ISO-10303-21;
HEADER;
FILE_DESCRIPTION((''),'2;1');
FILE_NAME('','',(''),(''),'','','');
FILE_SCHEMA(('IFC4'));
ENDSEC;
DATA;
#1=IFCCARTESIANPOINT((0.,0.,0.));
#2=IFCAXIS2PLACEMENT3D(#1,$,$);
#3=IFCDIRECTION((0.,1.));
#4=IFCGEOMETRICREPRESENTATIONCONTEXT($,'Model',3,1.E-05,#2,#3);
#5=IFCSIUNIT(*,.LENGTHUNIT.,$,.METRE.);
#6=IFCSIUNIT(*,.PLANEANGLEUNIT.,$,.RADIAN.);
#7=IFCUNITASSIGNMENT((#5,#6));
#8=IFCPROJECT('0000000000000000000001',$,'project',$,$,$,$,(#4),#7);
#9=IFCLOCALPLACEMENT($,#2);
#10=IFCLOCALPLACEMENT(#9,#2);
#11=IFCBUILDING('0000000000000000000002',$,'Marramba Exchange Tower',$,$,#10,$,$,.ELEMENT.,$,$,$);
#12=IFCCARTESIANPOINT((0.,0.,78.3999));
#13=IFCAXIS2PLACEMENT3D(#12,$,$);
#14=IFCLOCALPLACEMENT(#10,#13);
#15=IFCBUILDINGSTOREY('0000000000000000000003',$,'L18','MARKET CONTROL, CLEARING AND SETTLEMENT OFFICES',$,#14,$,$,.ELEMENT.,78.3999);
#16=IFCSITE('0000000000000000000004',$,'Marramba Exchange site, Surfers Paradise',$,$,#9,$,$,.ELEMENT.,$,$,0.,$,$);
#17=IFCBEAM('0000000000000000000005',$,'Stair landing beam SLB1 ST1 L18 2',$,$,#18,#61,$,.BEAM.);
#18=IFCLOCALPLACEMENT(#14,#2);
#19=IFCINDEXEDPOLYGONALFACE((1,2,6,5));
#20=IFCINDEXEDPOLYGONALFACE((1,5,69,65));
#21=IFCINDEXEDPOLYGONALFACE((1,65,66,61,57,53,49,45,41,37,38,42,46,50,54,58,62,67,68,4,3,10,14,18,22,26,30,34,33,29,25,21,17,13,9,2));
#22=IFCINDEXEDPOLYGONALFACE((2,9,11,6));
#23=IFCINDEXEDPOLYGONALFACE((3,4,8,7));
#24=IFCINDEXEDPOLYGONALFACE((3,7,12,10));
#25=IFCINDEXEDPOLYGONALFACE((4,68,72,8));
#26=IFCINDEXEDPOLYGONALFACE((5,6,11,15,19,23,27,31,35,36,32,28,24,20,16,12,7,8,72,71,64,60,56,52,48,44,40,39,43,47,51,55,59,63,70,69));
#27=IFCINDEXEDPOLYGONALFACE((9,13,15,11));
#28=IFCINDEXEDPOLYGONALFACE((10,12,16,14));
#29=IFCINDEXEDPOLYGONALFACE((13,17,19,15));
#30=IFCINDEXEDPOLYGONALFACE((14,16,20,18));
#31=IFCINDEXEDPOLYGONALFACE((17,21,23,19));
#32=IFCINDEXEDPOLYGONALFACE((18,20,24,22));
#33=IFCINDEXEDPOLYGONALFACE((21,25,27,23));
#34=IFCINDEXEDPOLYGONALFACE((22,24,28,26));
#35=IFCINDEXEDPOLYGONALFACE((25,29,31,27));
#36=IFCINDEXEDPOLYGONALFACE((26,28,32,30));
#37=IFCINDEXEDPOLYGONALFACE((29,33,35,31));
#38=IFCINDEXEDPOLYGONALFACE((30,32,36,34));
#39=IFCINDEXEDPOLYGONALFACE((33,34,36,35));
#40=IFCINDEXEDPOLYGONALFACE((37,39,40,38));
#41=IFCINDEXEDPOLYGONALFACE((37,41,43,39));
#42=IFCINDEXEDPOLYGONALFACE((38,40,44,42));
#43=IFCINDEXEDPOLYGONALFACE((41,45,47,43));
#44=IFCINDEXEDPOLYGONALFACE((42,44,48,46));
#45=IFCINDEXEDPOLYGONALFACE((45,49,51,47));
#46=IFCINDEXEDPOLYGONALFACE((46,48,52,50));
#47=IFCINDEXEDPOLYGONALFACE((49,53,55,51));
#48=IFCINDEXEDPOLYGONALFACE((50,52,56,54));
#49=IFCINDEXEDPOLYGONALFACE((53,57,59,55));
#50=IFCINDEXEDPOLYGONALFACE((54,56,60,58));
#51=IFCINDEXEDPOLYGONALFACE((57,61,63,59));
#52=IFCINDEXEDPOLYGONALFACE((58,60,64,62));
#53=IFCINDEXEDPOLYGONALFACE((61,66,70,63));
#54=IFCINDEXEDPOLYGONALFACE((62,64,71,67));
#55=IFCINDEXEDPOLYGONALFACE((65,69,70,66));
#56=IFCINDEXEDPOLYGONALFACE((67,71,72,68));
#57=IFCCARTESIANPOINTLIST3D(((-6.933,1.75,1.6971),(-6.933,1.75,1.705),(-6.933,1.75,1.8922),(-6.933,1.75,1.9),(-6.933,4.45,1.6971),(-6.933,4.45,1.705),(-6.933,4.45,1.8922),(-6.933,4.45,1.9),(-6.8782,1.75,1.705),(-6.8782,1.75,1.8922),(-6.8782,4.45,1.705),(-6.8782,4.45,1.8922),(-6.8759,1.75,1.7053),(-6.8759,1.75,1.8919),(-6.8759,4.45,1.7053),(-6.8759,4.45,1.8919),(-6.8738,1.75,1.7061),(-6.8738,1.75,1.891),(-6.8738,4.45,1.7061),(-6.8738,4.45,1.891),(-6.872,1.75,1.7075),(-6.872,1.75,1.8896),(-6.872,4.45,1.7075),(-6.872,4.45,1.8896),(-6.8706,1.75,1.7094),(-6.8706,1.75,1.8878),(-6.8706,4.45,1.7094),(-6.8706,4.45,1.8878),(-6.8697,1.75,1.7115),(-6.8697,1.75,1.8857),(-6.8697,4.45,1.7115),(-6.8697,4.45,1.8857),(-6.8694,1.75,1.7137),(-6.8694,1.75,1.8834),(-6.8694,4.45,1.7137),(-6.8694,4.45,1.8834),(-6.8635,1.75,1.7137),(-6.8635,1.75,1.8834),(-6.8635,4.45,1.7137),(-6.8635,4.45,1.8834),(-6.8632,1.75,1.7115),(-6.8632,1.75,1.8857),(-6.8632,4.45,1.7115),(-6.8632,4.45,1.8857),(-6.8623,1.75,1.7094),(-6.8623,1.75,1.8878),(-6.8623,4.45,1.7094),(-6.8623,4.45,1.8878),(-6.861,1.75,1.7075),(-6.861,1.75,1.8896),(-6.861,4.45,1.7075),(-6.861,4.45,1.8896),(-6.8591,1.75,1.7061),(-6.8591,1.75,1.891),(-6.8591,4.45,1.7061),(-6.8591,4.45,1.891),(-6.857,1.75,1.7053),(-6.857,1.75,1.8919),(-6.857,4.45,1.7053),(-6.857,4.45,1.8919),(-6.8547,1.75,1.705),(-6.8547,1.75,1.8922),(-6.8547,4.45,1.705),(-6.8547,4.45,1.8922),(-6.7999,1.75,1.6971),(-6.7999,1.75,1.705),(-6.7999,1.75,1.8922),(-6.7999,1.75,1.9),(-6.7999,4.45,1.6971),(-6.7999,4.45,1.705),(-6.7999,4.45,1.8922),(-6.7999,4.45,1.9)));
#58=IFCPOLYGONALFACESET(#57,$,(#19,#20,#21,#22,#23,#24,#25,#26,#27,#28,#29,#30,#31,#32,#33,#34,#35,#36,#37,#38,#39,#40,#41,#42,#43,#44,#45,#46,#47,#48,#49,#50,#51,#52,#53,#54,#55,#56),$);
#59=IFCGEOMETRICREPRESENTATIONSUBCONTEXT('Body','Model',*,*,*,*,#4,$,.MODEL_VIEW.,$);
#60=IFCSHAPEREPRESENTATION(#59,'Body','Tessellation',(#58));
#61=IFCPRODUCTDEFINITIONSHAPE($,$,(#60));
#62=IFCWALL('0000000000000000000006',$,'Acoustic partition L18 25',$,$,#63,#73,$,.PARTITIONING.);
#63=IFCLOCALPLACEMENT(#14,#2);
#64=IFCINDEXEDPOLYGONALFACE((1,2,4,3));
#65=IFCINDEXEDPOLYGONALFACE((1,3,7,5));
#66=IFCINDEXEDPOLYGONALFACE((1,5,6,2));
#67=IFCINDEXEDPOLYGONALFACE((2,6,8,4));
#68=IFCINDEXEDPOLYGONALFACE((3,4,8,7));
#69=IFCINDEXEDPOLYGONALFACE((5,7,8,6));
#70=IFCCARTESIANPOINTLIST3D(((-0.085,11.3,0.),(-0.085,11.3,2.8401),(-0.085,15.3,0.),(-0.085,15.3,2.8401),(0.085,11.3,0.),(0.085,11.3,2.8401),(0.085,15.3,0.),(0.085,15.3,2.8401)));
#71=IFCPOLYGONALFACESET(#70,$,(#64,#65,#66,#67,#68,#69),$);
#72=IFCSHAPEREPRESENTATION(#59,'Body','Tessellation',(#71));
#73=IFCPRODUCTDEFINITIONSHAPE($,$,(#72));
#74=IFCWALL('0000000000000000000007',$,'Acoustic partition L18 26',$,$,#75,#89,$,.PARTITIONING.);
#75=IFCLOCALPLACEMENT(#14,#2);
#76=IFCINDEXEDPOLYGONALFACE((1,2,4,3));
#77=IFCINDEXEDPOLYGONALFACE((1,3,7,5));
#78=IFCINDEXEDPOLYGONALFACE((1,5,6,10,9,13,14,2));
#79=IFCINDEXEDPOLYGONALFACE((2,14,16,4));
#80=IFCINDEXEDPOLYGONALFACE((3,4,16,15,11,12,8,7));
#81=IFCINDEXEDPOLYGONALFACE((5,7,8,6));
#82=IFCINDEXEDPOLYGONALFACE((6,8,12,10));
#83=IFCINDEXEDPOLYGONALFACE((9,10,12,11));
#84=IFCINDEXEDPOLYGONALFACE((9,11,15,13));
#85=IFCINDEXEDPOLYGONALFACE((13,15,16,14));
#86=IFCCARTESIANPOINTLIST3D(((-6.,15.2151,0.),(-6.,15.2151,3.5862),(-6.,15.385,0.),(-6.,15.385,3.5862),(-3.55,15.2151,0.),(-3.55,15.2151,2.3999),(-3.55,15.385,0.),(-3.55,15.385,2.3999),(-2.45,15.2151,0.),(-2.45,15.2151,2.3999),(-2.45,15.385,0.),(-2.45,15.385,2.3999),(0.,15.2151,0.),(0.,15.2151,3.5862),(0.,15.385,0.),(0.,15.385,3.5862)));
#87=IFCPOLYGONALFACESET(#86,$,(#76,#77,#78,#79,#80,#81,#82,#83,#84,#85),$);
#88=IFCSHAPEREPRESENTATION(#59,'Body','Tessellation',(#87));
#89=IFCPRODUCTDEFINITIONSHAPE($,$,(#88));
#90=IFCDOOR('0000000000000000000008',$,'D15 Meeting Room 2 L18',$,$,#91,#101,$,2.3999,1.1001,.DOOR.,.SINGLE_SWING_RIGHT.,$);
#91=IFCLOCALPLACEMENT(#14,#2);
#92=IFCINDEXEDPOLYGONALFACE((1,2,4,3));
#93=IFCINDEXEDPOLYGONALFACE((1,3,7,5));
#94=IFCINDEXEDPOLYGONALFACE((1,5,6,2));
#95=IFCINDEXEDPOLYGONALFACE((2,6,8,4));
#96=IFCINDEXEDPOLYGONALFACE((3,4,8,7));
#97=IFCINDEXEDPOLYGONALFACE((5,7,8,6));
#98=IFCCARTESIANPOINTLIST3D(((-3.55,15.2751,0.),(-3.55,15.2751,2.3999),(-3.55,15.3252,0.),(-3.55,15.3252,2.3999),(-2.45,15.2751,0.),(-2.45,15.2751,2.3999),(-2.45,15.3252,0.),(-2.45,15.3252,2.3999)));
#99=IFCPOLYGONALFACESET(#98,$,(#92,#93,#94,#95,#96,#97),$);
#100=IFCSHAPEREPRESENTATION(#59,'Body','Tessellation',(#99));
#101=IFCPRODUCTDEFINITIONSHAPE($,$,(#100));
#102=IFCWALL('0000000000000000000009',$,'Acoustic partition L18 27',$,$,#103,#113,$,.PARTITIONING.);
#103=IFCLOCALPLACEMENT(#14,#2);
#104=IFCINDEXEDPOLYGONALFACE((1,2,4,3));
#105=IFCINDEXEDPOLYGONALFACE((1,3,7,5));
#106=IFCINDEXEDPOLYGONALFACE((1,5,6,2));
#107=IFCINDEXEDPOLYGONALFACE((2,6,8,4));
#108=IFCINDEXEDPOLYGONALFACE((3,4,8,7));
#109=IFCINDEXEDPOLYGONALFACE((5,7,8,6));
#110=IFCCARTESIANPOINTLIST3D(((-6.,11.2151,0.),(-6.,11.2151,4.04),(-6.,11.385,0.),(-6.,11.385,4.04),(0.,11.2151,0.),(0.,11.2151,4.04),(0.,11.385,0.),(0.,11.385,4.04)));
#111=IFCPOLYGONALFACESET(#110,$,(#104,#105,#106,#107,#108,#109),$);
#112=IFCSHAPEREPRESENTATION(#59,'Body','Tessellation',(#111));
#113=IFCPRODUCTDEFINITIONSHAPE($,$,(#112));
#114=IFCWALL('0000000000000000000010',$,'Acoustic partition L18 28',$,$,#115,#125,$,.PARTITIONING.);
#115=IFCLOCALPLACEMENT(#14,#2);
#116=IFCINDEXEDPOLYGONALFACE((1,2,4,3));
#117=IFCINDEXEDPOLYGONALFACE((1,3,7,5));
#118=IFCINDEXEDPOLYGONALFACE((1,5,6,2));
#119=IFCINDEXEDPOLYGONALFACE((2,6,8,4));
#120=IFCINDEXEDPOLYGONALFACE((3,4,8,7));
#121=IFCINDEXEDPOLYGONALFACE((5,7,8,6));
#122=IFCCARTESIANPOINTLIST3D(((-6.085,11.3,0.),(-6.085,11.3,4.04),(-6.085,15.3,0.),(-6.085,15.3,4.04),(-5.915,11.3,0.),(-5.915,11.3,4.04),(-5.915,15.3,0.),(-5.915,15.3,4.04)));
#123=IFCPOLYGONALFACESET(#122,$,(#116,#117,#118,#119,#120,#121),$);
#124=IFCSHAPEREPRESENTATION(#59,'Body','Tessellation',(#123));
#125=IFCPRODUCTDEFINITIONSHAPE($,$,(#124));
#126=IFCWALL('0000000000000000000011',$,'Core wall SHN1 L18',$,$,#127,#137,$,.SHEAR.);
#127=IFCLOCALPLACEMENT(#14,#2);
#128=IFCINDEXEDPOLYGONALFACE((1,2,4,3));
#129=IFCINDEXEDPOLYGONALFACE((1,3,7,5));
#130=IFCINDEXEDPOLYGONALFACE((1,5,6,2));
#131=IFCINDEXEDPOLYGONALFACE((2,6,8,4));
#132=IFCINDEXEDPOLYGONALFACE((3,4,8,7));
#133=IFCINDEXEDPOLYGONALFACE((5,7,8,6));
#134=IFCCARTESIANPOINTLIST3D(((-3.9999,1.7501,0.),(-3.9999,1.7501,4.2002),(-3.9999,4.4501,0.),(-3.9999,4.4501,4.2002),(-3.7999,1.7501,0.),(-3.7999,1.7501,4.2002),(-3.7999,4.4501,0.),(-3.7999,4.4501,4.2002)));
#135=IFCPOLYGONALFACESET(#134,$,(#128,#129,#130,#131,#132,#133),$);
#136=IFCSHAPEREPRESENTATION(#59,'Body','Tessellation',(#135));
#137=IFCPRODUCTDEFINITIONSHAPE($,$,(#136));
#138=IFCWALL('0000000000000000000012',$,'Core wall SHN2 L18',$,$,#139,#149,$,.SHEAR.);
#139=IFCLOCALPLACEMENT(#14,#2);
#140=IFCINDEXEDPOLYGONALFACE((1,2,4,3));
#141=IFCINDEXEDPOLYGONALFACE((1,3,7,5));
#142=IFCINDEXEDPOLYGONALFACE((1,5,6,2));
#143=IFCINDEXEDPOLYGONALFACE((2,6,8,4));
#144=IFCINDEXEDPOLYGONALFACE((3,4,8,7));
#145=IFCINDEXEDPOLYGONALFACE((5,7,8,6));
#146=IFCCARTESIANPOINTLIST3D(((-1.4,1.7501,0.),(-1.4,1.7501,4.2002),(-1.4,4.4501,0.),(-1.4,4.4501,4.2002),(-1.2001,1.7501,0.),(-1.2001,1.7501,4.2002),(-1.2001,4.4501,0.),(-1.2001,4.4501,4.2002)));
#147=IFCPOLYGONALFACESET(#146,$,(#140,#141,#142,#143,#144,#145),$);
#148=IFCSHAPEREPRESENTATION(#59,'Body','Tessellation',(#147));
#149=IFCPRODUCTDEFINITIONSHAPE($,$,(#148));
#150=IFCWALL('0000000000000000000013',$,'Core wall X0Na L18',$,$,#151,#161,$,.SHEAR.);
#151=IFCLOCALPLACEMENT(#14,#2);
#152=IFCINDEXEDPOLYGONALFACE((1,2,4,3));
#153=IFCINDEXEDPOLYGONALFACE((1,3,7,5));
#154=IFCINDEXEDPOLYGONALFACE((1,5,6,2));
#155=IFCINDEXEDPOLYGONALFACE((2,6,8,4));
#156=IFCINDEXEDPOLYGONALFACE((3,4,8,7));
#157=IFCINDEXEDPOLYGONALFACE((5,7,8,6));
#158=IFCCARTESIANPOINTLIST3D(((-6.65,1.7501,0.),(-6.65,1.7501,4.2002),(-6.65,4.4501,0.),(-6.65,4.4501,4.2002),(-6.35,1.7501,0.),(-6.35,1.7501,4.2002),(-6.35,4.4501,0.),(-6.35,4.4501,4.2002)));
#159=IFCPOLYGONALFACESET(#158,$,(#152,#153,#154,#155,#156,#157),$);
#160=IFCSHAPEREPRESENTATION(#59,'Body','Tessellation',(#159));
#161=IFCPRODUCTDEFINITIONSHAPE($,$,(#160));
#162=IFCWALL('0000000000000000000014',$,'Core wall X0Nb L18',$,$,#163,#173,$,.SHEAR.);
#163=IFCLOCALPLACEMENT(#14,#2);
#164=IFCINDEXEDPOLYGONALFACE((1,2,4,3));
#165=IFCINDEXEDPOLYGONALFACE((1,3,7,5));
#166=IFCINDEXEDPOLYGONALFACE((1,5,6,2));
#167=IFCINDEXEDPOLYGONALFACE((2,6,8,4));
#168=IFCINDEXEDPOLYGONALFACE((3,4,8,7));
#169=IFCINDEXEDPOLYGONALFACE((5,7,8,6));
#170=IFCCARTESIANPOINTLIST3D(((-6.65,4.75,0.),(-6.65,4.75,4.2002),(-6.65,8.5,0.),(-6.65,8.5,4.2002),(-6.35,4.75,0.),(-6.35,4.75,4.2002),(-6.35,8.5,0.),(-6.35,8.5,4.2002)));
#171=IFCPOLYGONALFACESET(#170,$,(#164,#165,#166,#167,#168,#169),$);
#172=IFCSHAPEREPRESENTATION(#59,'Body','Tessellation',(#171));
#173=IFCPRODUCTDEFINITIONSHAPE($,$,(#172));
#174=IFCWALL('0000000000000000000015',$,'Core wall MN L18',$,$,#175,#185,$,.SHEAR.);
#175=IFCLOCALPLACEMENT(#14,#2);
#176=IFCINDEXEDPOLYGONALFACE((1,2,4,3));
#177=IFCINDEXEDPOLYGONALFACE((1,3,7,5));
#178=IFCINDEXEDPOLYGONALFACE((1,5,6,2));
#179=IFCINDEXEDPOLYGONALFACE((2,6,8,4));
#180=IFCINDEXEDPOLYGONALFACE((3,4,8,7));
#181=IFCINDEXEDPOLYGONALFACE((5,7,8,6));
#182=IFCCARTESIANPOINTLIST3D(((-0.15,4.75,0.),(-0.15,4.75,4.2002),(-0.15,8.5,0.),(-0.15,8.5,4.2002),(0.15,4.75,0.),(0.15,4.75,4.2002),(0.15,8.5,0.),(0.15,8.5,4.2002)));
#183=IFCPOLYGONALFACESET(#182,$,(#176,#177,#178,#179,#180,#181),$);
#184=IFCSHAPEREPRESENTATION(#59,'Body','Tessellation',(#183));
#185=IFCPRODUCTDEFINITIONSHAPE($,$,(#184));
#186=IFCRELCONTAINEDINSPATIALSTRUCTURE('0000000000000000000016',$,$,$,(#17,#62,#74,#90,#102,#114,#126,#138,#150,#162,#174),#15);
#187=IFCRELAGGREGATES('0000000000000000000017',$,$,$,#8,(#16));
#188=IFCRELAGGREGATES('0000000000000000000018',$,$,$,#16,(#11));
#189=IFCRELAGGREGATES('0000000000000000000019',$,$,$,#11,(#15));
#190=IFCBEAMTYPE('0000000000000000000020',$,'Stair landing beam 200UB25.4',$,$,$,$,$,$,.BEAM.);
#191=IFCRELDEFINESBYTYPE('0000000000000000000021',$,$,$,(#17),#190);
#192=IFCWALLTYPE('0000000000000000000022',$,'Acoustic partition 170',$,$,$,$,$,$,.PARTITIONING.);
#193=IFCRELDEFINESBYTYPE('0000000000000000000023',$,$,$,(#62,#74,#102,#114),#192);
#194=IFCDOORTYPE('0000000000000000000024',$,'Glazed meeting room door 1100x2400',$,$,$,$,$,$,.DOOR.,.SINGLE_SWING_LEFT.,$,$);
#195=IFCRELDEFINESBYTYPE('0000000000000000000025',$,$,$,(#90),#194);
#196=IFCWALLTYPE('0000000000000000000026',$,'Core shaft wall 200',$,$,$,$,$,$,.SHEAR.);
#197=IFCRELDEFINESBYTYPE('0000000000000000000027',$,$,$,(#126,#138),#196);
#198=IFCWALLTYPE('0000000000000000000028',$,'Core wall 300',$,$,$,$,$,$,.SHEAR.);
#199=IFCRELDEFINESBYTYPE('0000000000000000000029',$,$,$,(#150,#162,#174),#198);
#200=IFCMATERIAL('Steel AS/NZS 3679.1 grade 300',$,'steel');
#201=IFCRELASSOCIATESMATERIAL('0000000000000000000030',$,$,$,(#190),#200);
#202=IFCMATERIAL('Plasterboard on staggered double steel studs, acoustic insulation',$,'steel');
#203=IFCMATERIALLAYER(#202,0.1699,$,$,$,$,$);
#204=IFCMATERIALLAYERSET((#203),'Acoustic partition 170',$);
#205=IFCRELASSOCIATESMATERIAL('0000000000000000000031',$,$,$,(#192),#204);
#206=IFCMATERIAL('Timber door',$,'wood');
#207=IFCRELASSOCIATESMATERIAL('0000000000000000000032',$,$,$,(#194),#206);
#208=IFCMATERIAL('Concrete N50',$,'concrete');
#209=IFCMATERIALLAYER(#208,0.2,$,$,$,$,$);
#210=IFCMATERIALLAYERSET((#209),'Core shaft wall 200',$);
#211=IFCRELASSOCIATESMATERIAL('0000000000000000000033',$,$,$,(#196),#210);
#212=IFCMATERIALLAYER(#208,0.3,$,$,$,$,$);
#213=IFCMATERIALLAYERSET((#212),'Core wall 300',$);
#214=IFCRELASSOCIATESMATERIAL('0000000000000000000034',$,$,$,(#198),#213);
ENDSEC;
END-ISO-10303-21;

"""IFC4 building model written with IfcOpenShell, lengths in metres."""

from ifc_helpers import new_model, si_unit, direction, frame, frame_2d, origin, origin_2d, place, context, subcontext, project, spatial, rectangle, i_section, extrude, material, layer, layer_set, material_profile, profile_set, type_object, element, fill, save


model = new_model("IFC4")

# Units and contexts
model_context = context("Model", 3, precision=1e-05, world=origin(), true_north=direction((0.0, 1.0)))
body_context = subcontext(model_context, "Body", "Model", "MODEL_VIEW")
ifc_project = project(units=[si_unit("LENGTHUNIT", "METRE"), si_unit("PLANEANGLEUNIT", "RADIAN")], contexts=[model_context])

# Site, building, storey
site_placement = place(None, origin())
site = spatial("IfcSite", under=ifc_project, at=site_placement, Name="Marramba Exchange site, Surfers Paradise", CompositionType="ELEMENT", RefElevation=0.0)
building_placement = place(site_placement, origin())
building = spatial("IfcBuilding", under=site, at=building_placement, Name="Marramba Exchange Tower", CompositionType="ELEMENT")
storey_placement = place(building_placement, frame((0.0, 0.0, 78.3999)))
storey = spatial("IfcBuildingStorey", under=building, at=storey_placement, Name="L18", Description="MARKET CONTROL, CLEARING AND SETTLEMENT OFFICES", CompositionType="ELEMENT", Elevation=78.3999)

# Beam
ifc_material_1 = material(Name="Steel AS/NZS 3679.1 grade 300", Category="steel")
ifc_material_profile_1 = material_profile(ifc_material_1, i_section(OverallWidth=0.1331, OverallDepth=0.2029, WebThickness=0.0059, FlangeThickness=0.0078, FilletRadius=0.0088, at=origin_2d()), Name="200UB25.4")
ifc_profile_set_1 = profile_set([ifc_material_profile_1], Name="Steel AS/NZS 3679.1 grade 300")
beam_type_1 = type_object("IfcBeamType", Name="Stair landing beam 200UB25.4", PredefinedType="BEAM", material=ifc_profile_set_1)
for number, where, z_axis, x_axis, name in (
    (1, (-6.8665, 1.75, 1.7986), (0.0, 1.0, 0.0), (-1.0, 0.0, 0.0), "Stair landing beam SLB1 ST1 L18 2"),
):
    element("IfcBeam", number, at=place(storey_placement, frame(where, z_axis=z_axis, x_axis=x_axis)), inside=storey, type_object=beam_type_1, Name=name, PredefinedType="BEAM", context=body_context, shape_type="SweptSolid", body=[
        extrude(i_section(OverallWidth=0.1331, OverallDepth=0.2029, WebThickness=0.0059, FlangeThickness=0.0078, FilletRadius=0.0088, at=origin_2d()), origin(), (0.0, 0.0, 1.0), 2.7),
    ])

# Wall
ifc_material_2 = material(Name="Plasterboard on staggered double steel studs, acoustic insulation", Category="steel")
ifc_layer_1 = layer(ifc_material_2, 0.1699)
ifc_layer_set_1 = layer_set([ifc_layer_1], Name="Acoustic partition 170")
wall_type_1 = type_object("IfcWallType", Name="Acoustic partition 170", PredefinedType="PARTITIONING", material=ifc_layer_set_1)
wall_1_placement = place(storey_placement, frame((0.0, 11.3, 0.0), z_axis=(0.0, 0.0, 1.0), x_axis=(0.0, 1.0, 0.0)))
element("IfcWall", 2, at=wall_1_placement, inside=storey, type_object=wall_type_1, Name="Acoustic partition L18 25", PredefinedType="PARTITIONING", context=body_context, shape_type="SweptSolid", body=[
    extrude(rectangle(XDim=4.0, YDim=0.1699, at=frame_2d((2.0, 0.0))), origin(), (0.0, 0.0, 1.0), 2.8401),
])

# Wall, opening, door
wall_2_placement = place(storey_placement, frame((0.0, 15.3, 0.0), z_axis=(0.0, 0.0, 1.0), x_axis=(-1.0, 0.0, 0.0)))
wall_2 = element("IfcWall", 3, at=wall_2_placement, inside=storey, type_object=wall_type_1, Name="Acoustic partition L18 26", PredefinedType="PARTITIONING", context=body_context, shape_type="SweptSolid", body=[
    extrude(rectangle(XDim=6.0, YDim=0.1699, at=frame_2d((3.0, 0.0))), origin(), (0.0, 0.0, 1.0), 3.5862),
])
opening_1_placement = place(wall_2_placement, frame((2.45, 0.0, 0.0)))
opening_1 = element("IfcOpeningElement", 4, at=opening_1_placement, cuts=wall_2, PredefinedType="OPENING", context=body_context, shape_type="SweptSolid", body=[
    extrude(rectangle(XDim=1.1001, YDim=2.3999, at=frame_2d((0.55, 1.2))), frame((0.0, 0.095, 0.0), z_axis=(0.0, -1.0, 0.0), x_axis=(1.0, 0.0, 0.0)), (0.0, 0.0, 1.0), 0.1899),
])
ifc_material_3 = material(Name="Timber door", Category="wood")
door_type_1 = type_object("IfcDoorType", Name="Glazed meeting room door 1100x2400", OperationType="SINGLE_SWING_LEFT", PredefinedType="DOOR", material=ifc_material_3)
door_1_placement = place(opening_1_placement, origin())
door_1 = element("IfcDoor", 5, at=door_1_placement, inside=storey, type_object=door_type_1, Name="D15 Meeting Room 2 L18", OperationType="SINGLE_SWING_RIGHT", OverallHeight=2.3999, OverallWidth=1.1001, PredefinedType="DOOR", context=body_context, shape_type="SweptSolid", body=[
    extrude(rectangle(XDim=1.1001, YDim=2.3999, at=frame_2d((0.55, 1.2))), frame((0.0, 0.0249, 0.0), z_axis=(0.0, -1.0, 0.0), x_axis=(1.0, 0.0, 0.0)), (0.0, 0.0, 1.0), 0.05),
])
fill(opening_1, door_1)

# Walls
wall_3_placement = place(storey_placement, frame((-6.0, 11.3, 0.0), z_axis=(0.0, 0.0, 1.0), x_axis=(1.0, 0.0, 0.0)))
element("IfcWall", 6, at=wall_3_placement, inside=storey, type_object=wall_type_1, Name="Acoustic partition L18 27", PredefinedType="PARTITIONING", context=body_context, shape_type="SweptSolid", body=[
    extrude(rectangle(XDim=6.0, YDim=0.1699, at=frame_2d((3.0, 0.0))), origin(), (0.0, 0.0, 1.0), 4.04),
])
wall_4_placement = place(storey_placement, frame((-6.0, 15.3, 0.0), z_axis=(0.0, 0.0, 1.0), x_axis=(0.0, -1.0, 0.0)))
element("IfcWall", 7, at=wall_4_placement, inside=storey, type_object=wall_type_1, Name="Acoustic partition L18 28", PredefinedType="PARTITIONING", context=body_context, shape_type="SweptSolid", body=[
    extrude(rectangle(XDim=4.0, YDim=0.1699, at=frame_2d((2.0, 0.0))), origin(), (0.0, 0.0, 1.0), 4.04),
])
ifc_material_4 = material(Name="Concrete N50", Category="concrete")
ifc_layer_2 = layer(ifc_material_4, 0.2)
ifc_layer_set_2 = layer_set([ifc_layer_2], Name="Core shaft wall 200")
wall_type_2 = type_object("IfcWallType", Name="Core shaft wall 200", PredefinedType="SHEAR", material=ifc_layer_set_2)
for number, where, z_axis, x_axis, name in (
    (8, (-3.8999, 1.75, 0.0), (0.0, 0.0, 1.0), (0.0, 1.0, 0.0), "Core wall SHN1 L18"),
    (9, (-1.3, 1.75, 0.0), (0.0, 0.0, 1.0), (0.0, 1.0, 0.0), "Core wall SHN2 L18"),
):
    element("IfcWall", number, at=place(storey_placement, frame(where, z_axis=z_axis, x_axis=x_axis)), inside=storey, type_object=wall_type_2, Name=name, PredefinedType="SHEAR", context=body_context, shape_type="SweptSolid", body=[
        extrude(rectangle(XDim=2.7, YDim=0.2, at=frame_2d((1.3501, 0.0))), origin(), (0.0, 0.0, 1.0), 4.2002),
    ])
ifc_layer_3 = layer(ifc_material_4, 0.3)
ifc_layer_set_3 = layer_set([ifc_layer_3], Name="Core wall 300")
wall_type_3 = type_object("IfcWallType", Name="Core wall 300", PredefinedType="SHEAR", material=ifc_layer_set_3)
wall_5_placement = place(storey_placement, frame((-6.5, 1.75, 0.0), z_axis=(0.0, 0.0, 1.0), x_axis=(0.0, 1.0, 0.0)))
element("IfcWall", 10, at=wall_5_placement, inside=storey, type_object=wall_type_3, Name="Core wall X0Na L18", PredefinedType="SHEAR", context=body_context, shape_type="SweptSolid", body=[
    extrude(rectangle(XDim=2.7, YDim=0.3, at=frame_2d((1.3501, 0.0))), origin(), (0.0, 0.0, 1.0), 4.2002),
])
for number, where, z_axis, x_axis, name in (
    (11, (-6.5, 4.75, 0.0), (0.0, 0.0, 1.0), (0.0, 1.0, 0.0), "Core wall X0Nb L18"),
    (12, (0.0, 4.75, 0.0), (0.0, 0.0, 1.0), (0.0, 1.0, 0.0), "Core wall MN L18"),
):
    element("IfcWall", number, at=place(storey_placement, frame(where, z_axis=z_axis, x_axis=x_axis)), inside=storey, type_object=wall_type_3, Name=name, PredefinedType="SHEAR", context=body_context, shape_type="SweptSolid", body=[
        extrude(rectangle(XDim=3.75, YDim=0.3, at=frame_2d((1.875, 0.0))), origin(), (0.0, 0.0, 1.0), 4.2002),
    ])

save(model, "model.ifc")
